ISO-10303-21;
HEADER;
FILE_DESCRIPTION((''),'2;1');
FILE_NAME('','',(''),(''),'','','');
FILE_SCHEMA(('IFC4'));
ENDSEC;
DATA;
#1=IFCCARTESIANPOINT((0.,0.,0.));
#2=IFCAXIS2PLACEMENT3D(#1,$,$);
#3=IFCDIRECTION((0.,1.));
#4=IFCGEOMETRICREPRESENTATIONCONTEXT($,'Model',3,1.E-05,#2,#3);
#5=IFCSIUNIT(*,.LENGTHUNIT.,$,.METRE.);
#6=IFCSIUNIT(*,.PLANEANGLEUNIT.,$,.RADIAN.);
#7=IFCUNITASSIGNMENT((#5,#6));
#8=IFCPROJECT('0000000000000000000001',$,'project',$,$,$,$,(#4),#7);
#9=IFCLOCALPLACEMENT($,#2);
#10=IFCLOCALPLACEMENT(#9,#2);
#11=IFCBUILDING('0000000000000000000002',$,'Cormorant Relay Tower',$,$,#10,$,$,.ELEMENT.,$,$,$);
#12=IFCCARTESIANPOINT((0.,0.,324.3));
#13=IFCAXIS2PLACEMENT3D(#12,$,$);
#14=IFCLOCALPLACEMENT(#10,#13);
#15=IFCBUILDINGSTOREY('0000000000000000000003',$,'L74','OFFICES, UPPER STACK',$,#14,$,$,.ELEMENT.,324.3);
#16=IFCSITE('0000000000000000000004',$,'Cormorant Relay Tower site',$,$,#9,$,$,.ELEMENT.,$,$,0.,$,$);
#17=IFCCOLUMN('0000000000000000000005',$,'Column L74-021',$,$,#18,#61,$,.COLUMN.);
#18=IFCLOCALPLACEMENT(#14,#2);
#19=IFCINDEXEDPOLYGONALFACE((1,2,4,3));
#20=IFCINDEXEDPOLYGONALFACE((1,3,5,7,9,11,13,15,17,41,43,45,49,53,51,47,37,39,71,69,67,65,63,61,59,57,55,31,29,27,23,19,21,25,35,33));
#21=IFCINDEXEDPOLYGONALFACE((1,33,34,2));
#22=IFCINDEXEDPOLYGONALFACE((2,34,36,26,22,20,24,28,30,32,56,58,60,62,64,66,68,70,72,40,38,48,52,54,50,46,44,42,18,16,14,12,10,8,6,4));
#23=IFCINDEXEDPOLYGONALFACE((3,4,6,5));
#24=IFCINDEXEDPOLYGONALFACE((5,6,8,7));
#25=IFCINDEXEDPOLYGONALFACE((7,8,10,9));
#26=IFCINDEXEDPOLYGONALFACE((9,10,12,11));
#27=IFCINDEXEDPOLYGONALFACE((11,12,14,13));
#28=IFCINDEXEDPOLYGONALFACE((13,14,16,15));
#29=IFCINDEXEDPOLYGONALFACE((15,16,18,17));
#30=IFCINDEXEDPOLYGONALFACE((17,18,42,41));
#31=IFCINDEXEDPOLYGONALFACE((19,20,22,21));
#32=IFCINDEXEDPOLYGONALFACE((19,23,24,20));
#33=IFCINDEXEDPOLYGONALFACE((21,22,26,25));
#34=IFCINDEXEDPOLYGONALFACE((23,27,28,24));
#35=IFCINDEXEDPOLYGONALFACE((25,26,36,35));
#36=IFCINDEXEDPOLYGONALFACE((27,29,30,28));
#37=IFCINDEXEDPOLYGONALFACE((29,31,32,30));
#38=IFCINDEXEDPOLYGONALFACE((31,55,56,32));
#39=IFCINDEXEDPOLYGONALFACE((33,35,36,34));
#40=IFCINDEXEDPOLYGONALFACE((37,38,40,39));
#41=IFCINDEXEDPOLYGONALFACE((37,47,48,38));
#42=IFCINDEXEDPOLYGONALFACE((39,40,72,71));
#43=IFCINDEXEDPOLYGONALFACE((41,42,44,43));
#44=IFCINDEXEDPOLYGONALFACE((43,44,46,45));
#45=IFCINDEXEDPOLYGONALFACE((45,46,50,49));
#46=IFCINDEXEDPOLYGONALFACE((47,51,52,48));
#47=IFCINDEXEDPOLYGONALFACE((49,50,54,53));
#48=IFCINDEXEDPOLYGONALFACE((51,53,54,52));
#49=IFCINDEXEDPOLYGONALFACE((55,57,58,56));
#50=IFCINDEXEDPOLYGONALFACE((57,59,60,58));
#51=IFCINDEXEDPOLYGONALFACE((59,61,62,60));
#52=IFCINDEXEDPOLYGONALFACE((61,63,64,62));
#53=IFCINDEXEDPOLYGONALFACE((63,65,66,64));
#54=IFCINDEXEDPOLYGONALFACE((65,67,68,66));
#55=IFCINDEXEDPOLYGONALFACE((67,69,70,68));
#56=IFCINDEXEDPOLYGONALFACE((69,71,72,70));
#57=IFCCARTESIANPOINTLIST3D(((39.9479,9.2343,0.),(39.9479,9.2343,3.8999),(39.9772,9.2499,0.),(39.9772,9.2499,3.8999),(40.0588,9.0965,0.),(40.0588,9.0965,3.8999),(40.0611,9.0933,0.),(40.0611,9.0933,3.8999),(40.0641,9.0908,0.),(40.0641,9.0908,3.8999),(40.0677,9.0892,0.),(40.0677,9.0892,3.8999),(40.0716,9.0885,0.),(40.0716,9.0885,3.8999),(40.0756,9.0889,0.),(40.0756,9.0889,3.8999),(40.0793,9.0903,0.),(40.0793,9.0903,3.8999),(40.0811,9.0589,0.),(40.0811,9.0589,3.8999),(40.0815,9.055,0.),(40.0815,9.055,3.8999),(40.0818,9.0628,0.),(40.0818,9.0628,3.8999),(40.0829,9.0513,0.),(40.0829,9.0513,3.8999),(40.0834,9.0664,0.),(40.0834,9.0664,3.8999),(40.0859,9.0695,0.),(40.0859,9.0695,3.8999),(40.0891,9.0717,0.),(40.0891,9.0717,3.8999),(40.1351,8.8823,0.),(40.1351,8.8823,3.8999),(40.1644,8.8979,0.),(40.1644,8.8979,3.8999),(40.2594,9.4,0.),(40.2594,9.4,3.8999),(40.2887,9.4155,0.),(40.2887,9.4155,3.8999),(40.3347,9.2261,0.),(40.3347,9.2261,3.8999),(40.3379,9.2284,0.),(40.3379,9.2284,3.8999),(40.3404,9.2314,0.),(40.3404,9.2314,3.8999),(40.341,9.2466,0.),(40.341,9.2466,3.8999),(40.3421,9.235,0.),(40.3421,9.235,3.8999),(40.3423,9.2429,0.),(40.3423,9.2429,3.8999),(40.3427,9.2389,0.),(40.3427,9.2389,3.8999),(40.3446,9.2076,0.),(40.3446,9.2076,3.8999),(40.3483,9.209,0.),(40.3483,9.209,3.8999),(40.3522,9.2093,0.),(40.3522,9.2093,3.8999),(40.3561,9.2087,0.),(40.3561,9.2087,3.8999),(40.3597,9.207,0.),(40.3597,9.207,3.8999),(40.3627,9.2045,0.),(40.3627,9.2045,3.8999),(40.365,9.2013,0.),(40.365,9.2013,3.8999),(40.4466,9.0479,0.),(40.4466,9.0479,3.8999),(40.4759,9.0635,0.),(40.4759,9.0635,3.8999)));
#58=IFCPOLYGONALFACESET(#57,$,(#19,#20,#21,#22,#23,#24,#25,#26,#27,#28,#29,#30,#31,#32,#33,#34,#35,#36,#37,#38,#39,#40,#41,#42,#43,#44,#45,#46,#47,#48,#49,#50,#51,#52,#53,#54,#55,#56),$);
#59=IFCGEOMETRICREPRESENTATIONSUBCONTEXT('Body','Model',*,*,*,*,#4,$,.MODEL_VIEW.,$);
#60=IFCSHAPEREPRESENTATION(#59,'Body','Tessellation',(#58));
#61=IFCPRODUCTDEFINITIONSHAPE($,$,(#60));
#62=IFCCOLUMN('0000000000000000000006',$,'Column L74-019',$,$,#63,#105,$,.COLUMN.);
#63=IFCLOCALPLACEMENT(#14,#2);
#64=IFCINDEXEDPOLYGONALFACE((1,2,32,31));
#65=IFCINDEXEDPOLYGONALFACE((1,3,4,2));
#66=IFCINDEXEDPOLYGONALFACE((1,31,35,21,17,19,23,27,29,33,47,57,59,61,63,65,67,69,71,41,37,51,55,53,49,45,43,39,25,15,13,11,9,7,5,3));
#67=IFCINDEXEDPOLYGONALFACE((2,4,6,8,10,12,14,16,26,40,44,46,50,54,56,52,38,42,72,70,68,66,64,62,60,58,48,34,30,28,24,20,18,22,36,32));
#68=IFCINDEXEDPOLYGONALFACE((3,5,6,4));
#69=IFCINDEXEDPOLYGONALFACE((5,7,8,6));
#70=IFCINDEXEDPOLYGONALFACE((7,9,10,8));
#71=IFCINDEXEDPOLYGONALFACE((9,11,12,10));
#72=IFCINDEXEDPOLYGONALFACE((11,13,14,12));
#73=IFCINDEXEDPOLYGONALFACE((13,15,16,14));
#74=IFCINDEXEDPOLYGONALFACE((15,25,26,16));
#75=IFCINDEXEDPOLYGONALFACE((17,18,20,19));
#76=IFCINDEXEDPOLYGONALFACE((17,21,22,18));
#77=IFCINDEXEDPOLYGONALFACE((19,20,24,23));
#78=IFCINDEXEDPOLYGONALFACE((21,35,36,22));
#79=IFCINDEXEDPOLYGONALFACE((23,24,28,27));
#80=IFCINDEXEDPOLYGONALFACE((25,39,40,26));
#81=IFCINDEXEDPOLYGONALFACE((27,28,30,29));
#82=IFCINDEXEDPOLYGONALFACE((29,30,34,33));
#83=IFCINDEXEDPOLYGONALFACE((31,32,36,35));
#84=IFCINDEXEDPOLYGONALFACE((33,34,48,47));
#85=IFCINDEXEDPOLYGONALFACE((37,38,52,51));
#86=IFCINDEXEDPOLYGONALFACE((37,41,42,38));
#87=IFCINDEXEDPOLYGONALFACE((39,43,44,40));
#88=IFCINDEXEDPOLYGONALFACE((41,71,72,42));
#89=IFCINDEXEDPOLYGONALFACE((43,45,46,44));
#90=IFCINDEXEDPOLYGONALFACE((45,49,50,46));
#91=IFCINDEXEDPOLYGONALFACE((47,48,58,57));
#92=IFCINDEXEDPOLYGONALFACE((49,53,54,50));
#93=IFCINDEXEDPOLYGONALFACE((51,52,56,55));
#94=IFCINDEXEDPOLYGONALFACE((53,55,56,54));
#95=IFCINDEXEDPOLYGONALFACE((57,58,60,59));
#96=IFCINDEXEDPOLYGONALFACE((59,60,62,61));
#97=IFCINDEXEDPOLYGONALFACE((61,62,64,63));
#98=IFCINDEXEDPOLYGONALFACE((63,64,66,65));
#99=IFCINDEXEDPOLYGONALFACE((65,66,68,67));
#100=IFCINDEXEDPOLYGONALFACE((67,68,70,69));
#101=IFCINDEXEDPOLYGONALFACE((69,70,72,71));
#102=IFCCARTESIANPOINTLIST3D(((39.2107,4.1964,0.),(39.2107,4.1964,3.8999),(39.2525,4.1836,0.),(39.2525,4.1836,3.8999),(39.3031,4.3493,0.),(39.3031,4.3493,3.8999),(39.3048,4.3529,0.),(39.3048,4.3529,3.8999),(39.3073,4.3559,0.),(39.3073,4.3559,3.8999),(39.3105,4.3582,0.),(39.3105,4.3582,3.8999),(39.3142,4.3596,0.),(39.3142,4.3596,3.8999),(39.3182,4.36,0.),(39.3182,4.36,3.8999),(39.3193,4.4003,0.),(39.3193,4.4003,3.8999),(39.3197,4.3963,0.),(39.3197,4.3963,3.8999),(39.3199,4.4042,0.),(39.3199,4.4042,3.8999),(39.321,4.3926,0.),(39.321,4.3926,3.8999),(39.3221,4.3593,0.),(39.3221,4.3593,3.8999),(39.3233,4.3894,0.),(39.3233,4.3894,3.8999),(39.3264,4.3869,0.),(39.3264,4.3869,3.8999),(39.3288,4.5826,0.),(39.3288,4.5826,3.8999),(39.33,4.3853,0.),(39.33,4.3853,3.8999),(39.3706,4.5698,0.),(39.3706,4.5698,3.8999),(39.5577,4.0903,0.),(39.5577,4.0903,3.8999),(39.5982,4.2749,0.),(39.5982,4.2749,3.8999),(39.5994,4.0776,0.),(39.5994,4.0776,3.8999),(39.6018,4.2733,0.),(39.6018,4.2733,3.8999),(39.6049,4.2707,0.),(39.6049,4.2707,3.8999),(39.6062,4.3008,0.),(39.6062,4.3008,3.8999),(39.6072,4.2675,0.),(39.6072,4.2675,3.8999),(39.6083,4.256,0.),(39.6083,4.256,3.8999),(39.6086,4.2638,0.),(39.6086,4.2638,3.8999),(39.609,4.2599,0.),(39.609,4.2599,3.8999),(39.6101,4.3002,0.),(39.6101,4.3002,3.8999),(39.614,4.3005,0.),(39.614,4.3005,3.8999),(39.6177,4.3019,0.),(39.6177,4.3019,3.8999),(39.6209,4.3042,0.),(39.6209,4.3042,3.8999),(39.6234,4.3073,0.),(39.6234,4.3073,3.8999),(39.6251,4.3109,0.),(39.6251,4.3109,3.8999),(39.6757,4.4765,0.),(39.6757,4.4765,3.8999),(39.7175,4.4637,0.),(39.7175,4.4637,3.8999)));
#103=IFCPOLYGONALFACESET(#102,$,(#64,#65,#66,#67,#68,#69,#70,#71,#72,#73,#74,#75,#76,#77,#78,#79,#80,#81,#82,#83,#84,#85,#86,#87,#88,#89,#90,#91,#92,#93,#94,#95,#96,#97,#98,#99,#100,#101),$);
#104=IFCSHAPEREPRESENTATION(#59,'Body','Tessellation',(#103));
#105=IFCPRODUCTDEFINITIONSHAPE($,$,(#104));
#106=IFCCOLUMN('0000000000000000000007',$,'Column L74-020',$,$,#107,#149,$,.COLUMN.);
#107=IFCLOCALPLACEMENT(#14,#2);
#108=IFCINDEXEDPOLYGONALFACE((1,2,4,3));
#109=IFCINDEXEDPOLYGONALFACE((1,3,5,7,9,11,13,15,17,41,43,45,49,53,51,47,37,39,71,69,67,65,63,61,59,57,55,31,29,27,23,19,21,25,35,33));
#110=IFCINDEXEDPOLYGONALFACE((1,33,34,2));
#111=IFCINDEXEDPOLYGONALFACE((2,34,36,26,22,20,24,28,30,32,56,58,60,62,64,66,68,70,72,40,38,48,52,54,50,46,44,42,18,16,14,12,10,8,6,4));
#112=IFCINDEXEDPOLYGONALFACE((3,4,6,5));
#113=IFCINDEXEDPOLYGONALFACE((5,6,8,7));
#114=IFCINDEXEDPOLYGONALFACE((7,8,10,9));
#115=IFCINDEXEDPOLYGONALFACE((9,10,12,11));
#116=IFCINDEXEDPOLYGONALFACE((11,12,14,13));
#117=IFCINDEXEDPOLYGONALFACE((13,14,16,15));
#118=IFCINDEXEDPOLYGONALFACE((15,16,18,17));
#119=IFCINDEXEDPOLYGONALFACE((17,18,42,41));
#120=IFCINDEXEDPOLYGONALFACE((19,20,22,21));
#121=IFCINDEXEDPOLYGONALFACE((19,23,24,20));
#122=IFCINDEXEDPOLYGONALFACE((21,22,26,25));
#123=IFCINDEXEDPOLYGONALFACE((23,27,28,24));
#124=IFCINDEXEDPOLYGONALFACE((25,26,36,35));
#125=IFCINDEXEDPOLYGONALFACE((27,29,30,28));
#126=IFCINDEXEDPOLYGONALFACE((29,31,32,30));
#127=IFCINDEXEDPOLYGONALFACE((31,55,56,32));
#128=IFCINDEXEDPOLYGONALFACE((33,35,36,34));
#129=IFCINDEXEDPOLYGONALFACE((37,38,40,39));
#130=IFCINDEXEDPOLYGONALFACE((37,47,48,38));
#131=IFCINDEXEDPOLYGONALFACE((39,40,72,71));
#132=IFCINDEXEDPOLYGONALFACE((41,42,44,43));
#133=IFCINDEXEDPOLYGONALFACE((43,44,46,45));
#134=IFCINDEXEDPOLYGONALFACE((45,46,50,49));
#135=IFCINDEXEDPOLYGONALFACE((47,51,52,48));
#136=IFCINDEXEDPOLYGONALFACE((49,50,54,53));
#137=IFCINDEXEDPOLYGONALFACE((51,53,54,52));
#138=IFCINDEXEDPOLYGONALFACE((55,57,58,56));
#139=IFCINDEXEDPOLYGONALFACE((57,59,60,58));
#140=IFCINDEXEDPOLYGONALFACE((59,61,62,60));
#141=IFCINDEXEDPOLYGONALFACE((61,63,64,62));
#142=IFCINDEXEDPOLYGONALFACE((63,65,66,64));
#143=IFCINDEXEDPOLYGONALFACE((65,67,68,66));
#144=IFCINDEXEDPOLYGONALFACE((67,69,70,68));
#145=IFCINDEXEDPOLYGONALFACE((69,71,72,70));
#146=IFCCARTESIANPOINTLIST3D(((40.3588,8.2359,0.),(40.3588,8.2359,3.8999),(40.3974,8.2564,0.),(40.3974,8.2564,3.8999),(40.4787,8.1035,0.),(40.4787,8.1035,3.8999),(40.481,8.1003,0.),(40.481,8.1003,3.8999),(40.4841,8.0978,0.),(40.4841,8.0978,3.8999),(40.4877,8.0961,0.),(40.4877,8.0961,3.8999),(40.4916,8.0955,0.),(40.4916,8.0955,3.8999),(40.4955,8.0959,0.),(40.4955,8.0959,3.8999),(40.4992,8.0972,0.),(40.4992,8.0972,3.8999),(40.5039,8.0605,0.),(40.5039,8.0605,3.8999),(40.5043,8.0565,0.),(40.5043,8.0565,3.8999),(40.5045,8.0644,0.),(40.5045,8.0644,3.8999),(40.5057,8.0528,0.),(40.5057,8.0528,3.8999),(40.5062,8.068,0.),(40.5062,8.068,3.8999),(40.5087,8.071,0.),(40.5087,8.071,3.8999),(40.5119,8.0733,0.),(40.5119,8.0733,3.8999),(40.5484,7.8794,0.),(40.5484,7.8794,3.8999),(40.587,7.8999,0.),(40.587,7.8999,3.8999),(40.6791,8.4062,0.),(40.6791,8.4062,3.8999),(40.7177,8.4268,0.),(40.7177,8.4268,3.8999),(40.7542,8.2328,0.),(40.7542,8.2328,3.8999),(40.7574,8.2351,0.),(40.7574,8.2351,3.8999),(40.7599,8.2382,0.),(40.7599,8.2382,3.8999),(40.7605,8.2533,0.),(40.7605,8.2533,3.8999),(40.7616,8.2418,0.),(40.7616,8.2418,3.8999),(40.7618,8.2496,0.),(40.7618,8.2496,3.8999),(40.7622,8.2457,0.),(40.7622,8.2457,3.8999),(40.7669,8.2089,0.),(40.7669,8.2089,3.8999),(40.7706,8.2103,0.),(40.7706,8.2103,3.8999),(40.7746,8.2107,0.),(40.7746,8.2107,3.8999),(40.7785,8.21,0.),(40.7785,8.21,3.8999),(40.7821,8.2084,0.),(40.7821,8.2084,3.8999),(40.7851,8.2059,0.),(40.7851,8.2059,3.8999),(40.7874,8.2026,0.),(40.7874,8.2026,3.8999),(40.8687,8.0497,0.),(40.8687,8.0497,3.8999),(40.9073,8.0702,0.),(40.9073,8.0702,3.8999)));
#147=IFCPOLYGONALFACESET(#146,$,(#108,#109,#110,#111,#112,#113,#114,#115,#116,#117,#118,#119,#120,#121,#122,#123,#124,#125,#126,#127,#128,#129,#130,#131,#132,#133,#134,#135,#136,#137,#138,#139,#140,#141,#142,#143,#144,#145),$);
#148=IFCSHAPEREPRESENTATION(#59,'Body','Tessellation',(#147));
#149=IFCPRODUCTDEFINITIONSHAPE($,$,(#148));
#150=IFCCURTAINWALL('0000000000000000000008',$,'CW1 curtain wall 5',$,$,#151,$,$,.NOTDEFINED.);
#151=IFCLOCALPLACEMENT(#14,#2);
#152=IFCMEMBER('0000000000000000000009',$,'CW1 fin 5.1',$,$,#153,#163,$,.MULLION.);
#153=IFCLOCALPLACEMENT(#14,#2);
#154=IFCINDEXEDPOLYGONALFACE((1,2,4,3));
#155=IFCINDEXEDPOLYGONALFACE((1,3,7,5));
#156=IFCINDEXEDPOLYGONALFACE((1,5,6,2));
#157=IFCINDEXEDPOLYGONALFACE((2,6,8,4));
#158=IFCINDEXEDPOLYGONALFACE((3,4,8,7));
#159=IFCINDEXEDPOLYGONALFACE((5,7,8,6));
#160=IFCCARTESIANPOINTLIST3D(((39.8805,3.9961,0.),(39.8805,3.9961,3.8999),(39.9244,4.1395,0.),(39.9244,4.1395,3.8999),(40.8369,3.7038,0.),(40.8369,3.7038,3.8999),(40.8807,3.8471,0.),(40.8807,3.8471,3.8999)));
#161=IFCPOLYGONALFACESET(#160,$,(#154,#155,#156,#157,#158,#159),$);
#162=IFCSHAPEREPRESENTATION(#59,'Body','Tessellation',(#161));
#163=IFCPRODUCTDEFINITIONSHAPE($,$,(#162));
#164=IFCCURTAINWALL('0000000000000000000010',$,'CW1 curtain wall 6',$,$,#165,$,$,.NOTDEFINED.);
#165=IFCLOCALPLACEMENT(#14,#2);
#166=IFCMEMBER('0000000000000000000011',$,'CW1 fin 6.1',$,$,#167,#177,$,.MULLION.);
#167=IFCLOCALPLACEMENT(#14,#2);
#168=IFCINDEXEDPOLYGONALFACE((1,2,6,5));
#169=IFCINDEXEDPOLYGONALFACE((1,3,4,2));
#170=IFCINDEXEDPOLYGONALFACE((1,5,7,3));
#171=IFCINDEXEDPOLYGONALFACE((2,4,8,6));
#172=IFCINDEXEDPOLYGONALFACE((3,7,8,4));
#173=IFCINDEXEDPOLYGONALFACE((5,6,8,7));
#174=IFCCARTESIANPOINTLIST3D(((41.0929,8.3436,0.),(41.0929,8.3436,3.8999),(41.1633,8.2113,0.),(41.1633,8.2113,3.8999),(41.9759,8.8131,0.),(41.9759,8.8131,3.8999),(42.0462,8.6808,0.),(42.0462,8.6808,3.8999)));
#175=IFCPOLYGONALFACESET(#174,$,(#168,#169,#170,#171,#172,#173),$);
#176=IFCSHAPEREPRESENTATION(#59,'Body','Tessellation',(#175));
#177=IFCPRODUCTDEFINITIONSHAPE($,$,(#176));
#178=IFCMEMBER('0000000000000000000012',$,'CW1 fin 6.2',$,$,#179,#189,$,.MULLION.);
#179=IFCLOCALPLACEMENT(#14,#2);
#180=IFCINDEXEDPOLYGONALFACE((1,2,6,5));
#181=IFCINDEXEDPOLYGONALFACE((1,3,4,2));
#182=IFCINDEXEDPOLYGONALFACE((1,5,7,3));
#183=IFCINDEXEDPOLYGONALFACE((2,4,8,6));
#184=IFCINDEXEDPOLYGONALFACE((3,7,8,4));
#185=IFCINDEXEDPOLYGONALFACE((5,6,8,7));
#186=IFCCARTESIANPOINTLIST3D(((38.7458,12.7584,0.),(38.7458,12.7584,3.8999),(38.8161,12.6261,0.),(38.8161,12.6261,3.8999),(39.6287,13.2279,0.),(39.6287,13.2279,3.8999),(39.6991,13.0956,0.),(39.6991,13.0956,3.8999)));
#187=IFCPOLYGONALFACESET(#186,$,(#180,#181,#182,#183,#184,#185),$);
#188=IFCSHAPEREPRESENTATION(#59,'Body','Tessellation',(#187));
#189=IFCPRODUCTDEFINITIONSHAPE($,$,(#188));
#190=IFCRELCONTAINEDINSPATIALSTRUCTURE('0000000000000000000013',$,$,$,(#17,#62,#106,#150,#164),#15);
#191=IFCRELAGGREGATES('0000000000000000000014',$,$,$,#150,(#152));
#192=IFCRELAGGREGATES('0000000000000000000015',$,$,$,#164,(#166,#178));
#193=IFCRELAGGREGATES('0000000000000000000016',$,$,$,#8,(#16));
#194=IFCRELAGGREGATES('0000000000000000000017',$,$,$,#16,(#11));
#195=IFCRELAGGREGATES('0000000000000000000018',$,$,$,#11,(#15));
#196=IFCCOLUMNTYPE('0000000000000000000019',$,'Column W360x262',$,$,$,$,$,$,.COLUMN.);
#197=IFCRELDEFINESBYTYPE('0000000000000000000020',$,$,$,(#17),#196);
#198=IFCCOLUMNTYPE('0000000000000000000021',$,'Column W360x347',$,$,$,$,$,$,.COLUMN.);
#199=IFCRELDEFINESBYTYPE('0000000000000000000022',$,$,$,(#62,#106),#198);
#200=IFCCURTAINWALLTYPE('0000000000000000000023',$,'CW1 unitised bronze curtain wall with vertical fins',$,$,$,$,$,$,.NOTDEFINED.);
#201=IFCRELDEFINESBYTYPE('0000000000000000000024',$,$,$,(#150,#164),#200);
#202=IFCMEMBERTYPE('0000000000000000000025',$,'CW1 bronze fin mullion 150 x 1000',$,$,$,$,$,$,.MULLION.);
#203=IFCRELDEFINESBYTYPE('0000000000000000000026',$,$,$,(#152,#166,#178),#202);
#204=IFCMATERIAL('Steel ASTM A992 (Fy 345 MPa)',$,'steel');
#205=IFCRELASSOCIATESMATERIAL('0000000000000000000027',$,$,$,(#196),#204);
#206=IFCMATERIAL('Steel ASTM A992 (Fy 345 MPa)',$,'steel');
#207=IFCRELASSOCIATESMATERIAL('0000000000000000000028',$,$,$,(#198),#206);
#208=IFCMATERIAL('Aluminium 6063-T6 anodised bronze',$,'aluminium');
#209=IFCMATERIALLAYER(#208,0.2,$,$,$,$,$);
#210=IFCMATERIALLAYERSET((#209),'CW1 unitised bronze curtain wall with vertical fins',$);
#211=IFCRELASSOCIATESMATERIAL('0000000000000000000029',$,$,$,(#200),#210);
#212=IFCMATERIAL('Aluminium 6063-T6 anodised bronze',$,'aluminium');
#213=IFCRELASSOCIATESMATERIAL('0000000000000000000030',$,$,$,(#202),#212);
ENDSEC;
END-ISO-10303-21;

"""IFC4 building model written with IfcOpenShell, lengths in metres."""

from ifc_helpers import new_model, si_unit, direction, frame, origin, origin_2d, place, context, subcontext, project, spatial, rectangle, i_section, extrude, material, layer, layer_set, material_profile, profile_set, type_object, element, aggregate, save


model = new_model("IFC4")

# Units and contexts
model_context = context("Model", 3, precision=1e-05, world=origin(), true_north=direction((0.0, 1.0)))
body_context = subcontext(model_context, "Body", "Model", "MODEL_VIEW")
ifc_project = project(units=[si_unit("LENGTHUNIT", "METRE"), si_unit("PLANEANGLEUNIT", "RADIAN")], contexts=[model_context])

# Site, building, storey
site_placement = place(None, origin())
site = spatial("IfcSite", under=ifc_project, at=site_placement, Name="Cormorant Relay Tower site", CompositionType="ELEMENT", RefElevation=0.0)
building_placement = place(site_placement, origin())
building = spatial("IfcBuilding", under=site, at=building_placement, Name="Cormorant Relay Tower", CompositionType="ELEMENT")
storey_placement = place(building_placement, frame((0.0, 0.0, 324.3)))
storey = spatial("IfcBuildingStorey", under=building, at=storey_placement, Name="L74", Description="OFFICES, UPPER STACK", CompositionType="ELEMENT", Elevation=324.3)

# Columns
ifc_material_1 = material(Name="Steel ASTM A992 (Fy 345 MPa)", Category="steel")
ifc_material_profile_1 = material_profile(ifc_material_1, i_section(OverallWidth=0.3987, OverallDepth=0.386, WebThickness=0.021, FlangeThickness=0.0332, FilletRadius=0.0151, at=origin_2d()), Name="W360x262")
ifc_profile_set_1 = profile_set([ifc_material_profile_1], Name="Steel ASTM A992 (Fy 345 MPa)")
column_type_1 = type_object("IfcColumnType", Name="Column W360x262", PredefinedType="COLUMN", material=ifc_profile_set_1)
column_placement = place(storey_placement, frame((40.2119, 9.1489, 0.0), z_axis=(0.0, 0.0, 1.0), x_axis=(-0.469472, 0.882948, 0.0)))
element("IfcColumn", 1, at=column_placement, inside=storey, type_object=column_type_1, Name="Column L74-021", PredefinedType="COLUMN", context=body_context, shape_type="SweptSolid", body=[
    extrude(i_section(OverallWidth=0.3987, OverallDepth=0.386, WebThickness=0.021, FlangeThickness=0.0332, FilletRadius=0.0151, at=origin_2d()), origin(), (0.0, 0.0, 1.0), 3.8999),
])
ifc_material_2 = material(Name="Steel ASTM A992 (Fy 345 MPa)", Category="steel")
ifc_material_profile_2 = material_profile(ifc_material_2, i_section(OverallWidth=0.4038, OverallDepth=0.4065, WebThickness=0.0271, FlangeThickness=0.0437, FilletRadius=0.0151, at=origin_2d()), Name="W360x347")
ifc_profile_set_2 = profile_set([ifc_material_profile_2], Name="Steel ASTM A992 (Fy 345 MPa)")
column_type_2 = type_object("IfcColumnType", Name="Column W360x347", PredefinedType="COLUMN", material=ifc_profile_set_2)
for number, where, z_axis, x_axis, name in (
    (2, (39.4641, 4.3301, 0.0), (0.0, 0.0, 1.0), (0.292372, 0.956305, 0.0), "Column L74-019"),
    (3, (40.6331, 8.1531, 0.0), (0.0, 0.0, 1.0), (-0.469472, 0.882948, 0.0), "Column L74-020"),
):
    element("IfcColumn", number, at=place(storey_placement, frame(where, z_axis=z_axis, x_axis=x_axis)), inside=storey, type_object=column_type_2, Name=name, PredefinedType="COLUMN", context=body_context, shape_type="SweptSolid", body=[
        extrude(i_section(OverallWidth=0.4038, OverallDepth=0.4065, WebThickness=0.0271, FlangeThickness=0.0437, FilletRadius=0.0151, at=origin_2d()), origin(), (0.0, 0.0, 1.0), 3.8999),
    ])

# Curtain wall, member
ifc_material_3 = material(Name="Aluminium 6063-T6 anodised bronze", Category="aluminium")
ifc_layer_1 = layer(ifc_material_3, 0.2)
ifc_layer_set_1 = layer_set([ifc_layer_1], Name="CW1 unitised bronze curtain wall with vertical fins")
curtain_wall_type = type_object("IfcCurtainWallType", Name="CW1 unitised bronze curtain wall with vertical fins", PredefinedType="NOTDEFINED", material=ifc_layer_set_1)
curtain_wall_1_placement = place(storey_placement, origin())
curtain_wall_1 = element("IfcCurtainWall", 4, at=curtain_wall_1_placement, inside=storey, type_object=curtain_wall_type, Name="CW1 curtain wall 5", PredefinedType="NOTDEFINED")
ifc_material_4 = material(Name="Aluminium 6063-T6 anodised bronze", Category="aluminium")
ifc_material_profile_3 = material_profile(ifc_material_4, rectangle(XDim=0.1499, YDim=1.0, at=origin_2d()), Name="AL 150x1000")
ifc_profile_set_3 = profile_set([ifc_material_profile_3], Name="Aluminium 6063-T6 anodised bronze")
member_type_1 = type_object("IfcMemberType", Name="CW1 bronze fin mullion 150 x 1000", PredefinedType="MULLION", material=ifc_profile_set_3)
member_1_placement = place(storey_placement, frame((40.3806, 3.9216, 0.0), z_axis=(0.0, 0.0, 1.0), x_axis=(0.292372, 0.956305, 0.0)))
member_1 = element("IfcMember", 5, at=member_1_placement, type_object=member_type_1, Name="CW1 fin 5.1", PredefinedType="MULLION", context=body_context, shape_type="SweptSolid", body=[
    extrude(rectangle(XDim=0.1499, YDim=1.0, at=origin_2d()), origin(), (0.0, 0.0, 1.0), 3.8999),
])

# Curtain wall, members
curtain_wall_2_placement = place(storey_placement, origin())
curtain_wall_2 = element("IfcCurtainWall", 6, at=curtain_wall_2_placement, inside=storey, type_object=curtain_wall_type, Name="CW1 curtain wall 6", PredefinedType="NOTDEFINED")
member_2_placement = place(storey_placement, frame((41.5696, 8.5122, 0.0), z_axis=(0.0, 0.0, 1.0), x_axis=(-0.469472, 0.882948, 0.0)))
member_2 = element("IfcMember", 7, at=member_2_placement, type_object=member_type_1, Name="CW1 fin 6.1", PredefinedType="MULLION", context=body_context, shape_type="SweptSolid", body=[
    extrude(rectangle(XDim=0.1499, YDim=1.0, at=origin_2d()), origin(), (0.0, 0.0, 1.0), 3.8999),
])
member_3_placement = place(storey_placement, frame((39.2224, 12.927, 0.0), z_axis=(0.0, 0.0, 1.0), x_axis=(-0.469472, 0.882948, 0.0)))
member_3 = element("IfcMember", 8, at=member_3_placement, type_object=member_type_1, Name="CW1 fin 6.2", PredefinedType="MULLION", context=body_context, shape_type="SweptSolid", body=[
    extrude(rectangle(XDim=0.1499, YDim=1.0, at=origin_2d()), origin(), (0.0, 0.0, 1.0), 3.8999),
])

aggregate(curtain_wall_1, [member_1])
aggregate(curtain_wall_2, [member_2, member_3])

save(model, "model.ifc")
